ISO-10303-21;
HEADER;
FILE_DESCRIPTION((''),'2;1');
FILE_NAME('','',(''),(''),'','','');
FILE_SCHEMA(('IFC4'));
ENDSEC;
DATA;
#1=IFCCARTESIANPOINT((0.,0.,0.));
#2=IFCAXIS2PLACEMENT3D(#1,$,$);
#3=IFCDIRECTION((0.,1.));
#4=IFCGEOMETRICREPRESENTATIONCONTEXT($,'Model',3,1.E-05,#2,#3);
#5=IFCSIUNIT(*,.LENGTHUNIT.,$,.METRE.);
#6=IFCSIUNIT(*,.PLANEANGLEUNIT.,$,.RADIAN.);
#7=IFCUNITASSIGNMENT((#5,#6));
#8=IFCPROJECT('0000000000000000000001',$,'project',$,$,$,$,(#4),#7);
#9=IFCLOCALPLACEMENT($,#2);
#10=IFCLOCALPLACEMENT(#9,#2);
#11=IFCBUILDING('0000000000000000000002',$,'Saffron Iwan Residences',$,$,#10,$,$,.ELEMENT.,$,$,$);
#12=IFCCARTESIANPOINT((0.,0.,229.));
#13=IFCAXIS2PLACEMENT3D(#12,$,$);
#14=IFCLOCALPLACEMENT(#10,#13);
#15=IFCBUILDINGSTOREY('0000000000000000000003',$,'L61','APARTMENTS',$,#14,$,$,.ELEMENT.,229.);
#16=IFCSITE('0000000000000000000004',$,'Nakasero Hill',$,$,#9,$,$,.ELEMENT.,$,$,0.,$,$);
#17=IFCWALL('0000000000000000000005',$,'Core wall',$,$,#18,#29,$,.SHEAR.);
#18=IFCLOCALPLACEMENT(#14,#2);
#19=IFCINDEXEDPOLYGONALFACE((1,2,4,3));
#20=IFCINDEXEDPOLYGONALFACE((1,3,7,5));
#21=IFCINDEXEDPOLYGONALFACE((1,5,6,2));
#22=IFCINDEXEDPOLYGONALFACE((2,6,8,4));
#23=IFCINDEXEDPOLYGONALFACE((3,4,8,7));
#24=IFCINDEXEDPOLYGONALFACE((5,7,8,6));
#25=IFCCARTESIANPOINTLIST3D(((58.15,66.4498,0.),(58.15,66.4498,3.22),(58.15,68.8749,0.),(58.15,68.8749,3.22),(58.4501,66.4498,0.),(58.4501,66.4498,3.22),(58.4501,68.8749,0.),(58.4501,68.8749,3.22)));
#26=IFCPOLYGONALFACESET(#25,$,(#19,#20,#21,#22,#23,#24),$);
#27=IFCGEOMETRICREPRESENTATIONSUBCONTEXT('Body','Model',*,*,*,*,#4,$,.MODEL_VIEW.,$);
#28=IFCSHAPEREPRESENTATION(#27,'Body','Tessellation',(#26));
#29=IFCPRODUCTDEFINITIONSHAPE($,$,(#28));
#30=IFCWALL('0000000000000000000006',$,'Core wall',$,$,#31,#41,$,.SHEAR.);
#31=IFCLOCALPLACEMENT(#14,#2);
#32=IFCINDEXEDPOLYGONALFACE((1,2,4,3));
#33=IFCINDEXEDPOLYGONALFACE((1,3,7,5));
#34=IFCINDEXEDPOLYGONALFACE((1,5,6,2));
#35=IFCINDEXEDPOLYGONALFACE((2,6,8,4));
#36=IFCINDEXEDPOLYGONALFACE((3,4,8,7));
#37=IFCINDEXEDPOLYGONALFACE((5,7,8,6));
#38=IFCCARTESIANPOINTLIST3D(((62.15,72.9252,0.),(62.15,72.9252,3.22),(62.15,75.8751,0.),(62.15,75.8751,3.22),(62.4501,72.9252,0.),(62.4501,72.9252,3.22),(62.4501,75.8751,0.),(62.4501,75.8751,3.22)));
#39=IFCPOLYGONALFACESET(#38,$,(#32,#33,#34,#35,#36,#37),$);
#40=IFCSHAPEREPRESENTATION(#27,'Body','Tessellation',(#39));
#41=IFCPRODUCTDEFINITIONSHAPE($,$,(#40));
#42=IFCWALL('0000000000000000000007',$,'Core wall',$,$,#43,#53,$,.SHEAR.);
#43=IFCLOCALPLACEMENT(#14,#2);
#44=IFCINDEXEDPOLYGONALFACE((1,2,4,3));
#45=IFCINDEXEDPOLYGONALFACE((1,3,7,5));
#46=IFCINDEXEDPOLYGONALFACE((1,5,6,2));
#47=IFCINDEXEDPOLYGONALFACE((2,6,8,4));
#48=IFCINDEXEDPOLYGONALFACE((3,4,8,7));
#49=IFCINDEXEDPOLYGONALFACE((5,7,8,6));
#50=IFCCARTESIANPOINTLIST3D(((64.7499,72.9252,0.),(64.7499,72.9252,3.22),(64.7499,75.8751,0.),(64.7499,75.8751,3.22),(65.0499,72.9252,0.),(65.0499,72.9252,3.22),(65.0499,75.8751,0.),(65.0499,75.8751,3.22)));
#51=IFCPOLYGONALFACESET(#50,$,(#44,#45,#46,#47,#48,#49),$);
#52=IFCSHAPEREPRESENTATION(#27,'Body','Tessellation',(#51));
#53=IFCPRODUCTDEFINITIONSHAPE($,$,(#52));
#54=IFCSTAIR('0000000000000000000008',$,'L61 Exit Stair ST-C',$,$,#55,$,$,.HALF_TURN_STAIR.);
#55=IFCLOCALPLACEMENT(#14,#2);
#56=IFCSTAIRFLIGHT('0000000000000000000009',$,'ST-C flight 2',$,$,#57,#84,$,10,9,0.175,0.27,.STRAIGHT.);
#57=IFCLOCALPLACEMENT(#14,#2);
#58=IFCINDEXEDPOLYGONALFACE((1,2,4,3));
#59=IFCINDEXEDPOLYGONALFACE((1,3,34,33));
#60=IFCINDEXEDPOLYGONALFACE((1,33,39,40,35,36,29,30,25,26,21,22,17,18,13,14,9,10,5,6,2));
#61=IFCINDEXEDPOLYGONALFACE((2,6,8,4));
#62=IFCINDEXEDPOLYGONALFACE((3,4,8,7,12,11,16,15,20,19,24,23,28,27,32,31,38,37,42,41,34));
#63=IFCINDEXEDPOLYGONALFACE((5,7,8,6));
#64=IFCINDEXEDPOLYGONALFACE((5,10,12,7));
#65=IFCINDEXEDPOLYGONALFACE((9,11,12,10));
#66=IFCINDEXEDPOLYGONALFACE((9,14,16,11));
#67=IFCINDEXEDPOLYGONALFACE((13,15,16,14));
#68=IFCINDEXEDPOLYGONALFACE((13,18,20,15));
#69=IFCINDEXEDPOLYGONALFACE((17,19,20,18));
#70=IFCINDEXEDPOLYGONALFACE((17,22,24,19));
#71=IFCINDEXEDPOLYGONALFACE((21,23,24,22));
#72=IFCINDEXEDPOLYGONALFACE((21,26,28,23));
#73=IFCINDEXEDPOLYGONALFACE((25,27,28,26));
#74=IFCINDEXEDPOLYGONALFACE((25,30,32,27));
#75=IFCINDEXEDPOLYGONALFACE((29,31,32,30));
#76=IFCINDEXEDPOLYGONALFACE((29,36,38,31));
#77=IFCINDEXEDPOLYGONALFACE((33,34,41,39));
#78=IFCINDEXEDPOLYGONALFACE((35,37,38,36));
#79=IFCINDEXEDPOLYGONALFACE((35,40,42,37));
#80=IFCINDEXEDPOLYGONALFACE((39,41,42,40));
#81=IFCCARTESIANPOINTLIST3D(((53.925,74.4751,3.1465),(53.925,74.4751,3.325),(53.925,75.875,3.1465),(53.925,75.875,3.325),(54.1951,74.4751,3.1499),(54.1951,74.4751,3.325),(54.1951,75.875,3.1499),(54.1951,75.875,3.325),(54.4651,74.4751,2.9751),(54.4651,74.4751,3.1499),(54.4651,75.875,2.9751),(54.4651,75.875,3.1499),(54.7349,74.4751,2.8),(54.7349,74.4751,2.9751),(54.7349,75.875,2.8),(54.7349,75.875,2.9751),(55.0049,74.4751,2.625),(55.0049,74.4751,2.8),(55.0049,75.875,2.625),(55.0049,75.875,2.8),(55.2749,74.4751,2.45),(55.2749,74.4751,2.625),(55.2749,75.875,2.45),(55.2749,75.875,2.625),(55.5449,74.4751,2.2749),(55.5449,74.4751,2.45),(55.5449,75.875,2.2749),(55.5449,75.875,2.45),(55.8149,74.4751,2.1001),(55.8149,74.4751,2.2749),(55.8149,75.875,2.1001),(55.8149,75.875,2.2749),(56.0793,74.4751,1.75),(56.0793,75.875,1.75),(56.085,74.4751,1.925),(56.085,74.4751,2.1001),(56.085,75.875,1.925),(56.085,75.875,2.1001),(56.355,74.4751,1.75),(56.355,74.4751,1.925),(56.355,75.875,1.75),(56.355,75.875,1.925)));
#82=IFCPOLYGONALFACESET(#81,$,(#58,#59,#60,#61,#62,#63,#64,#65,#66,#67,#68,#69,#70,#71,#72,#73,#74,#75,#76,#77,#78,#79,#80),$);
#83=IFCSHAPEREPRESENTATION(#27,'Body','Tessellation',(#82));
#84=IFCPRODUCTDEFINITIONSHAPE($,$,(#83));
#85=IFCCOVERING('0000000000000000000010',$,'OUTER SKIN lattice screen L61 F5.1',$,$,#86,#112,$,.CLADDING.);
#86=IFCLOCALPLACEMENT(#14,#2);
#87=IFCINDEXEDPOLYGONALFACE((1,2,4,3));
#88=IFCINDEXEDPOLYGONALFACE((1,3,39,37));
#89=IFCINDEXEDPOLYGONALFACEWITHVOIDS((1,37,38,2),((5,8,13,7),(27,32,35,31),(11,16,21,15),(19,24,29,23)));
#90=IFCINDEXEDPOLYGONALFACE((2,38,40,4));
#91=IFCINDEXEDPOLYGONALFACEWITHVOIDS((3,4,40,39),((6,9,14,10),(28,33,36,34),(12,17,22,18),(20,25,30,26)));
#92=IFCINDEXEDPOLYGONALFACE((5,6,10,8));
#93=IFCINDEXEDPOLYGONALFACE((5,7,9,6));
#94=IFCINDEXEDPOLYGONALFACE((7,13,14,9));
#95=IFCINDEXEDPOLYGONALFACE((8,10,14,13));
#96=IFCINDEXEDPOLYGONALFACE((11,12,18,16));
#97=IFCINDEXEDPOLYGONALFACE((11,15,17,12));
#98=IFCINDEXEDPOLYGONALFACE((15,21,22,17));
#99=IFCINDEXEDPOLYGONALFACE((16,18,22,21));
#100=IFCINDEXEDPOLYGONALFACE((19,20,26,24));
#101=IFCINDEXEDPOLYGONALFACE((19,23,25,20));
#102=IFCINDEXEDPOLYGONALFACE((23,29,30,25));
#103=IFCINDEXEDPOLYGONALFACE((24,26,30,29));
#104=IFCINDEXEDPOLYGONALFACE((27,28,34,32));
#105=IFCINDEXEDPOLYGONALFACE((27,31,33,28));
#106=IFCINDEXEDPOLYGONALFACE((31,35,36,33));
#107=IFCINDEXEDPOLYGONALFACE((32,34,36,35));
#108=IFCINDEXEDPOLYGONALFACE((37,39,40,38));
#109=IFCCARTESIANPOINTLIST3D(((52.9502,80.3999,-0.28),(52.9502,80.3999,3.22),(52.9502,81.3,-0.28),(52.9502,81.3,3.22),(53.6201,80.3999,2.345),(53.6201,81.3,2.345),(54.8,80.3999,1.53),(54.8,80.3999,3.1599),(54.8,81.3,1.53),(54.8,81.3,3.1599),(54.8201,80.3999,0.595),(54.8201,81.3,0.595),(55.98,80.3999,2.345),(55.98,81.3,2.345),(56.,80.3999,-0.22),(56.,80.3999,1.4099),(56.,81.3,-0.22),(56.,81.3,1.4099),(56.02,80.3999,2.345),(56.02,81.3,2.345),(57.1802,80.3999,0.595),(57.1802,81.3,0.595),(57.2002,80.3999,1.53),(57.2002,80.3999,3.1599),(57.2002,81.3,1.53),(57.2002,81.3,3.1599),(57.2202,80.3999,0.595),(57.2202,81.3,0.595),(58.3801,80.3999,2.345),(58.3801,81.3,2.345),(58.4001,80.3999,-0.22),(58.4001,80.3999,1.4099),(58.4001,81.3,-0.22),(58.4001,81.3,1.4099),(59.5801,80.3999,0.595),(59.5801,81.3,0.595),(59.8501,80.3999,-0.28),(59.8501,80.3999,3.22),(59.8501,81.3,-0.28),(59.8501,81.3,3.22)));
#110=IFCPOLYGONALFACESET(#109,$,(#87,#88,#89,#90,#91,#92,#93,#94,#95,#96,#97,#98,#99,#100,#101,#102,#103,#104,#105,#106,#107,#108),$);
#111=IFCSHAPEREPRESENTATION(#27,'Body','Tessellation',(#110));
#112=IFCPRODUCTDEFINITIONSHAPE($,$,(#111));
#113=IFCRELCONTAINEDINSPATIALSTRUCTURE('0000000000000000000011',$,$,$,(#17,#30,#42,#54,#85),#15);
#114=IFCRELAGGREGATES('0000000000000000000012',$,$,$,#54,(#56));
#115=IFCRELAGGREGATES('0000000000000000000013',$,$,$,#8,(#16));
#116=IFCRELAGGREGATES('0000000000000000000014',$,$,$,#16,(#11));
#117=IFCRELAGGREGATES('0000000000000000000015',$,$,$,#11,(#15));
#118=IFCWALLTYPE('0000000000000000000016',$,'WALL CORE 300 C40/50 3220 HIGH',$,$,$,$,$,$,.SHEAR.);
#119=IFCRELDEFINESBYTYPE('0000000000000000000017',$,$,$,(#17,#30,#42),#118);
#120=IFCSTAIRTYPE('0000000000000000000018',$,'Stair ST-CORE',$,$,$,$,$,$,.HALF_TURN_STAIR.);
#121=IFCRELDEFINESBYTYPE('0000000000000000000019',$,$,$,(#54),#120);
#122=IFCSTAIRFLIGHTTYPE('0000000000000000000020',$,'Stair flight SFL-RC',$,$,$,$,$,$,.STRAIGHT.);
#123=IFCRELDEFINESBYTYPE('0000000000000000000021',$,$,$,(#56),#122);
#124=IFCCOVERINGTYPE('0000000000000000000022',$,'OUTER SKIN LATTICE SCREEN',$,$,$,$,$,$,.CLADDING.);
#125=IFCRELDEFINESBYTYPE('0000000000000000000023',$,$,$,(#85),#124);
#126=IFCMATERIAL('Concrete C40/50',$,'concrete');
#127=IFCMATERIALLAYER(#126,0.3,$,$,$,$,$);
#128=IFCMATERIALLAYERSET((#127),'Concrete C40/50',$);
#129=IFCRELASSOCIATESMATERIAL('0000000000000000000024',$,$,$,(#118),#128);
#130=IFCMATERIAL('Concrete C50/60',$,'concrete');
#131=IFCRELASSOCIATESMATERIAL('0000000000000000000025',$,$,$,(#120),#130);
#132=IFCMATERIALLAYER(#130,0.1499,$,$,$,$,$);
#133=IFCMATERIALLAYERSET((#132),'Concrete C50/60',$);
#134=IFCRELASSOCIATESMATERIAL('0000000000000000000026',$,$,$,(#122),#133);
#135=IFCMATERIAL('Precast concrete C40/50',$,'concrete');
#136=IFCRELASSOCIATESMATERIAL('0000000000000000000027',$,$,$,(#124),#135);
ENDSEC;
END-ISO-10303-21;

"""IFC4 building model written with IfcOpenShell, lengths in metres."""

from ifc_helpers import new_model, si_unit, direction, frame, frame_2d, origin, place, context, subcontext, project, spatial, polyline, rectangle, outline, extrude, material, layer, layer_set, type_object, element, aggregate, save


model = new_model("IFC4")

# Units and contexts
model_context = context("Model", 3, precision=1e-05, world=origin(), true_north=direction((0.0, 1.0)))
body_context = subcontext(model_context, "Body", "Model", "MODEL_VIEW")
ifc_project = project(units=[si_unit("LENGTHUNIT", "METRE"), si_unit("PLANEANGLEUNIT", "RADIAN")], contexts=[model_context])

# Site, building, storey
site_placement = place(None, origin())
site = spatial("IfcSite", under=ifc_project, at=site_placement, Name="Nakasero Hill", CompositionType="ELEMENT", RefElevation=0.0)
building_placement = place(site_placement, origin())
building = spatial("IfcBuilding", under=site, at=building_placement, Name="Saffron Iwan Residences", CompositionType="ELEMENT")
storey_placement = place(building_placement, frame((0.0, 0.0, 229.0)))
storey = spatial("IfcBuildingStorey", under=building, at=storey_placement, Name="L61", Description="APARTMENTS", CompositionType="ELEMENT", Elevation=229.0)

# Shared definitions
ifc_material_1 = material(Name="Concrete C40/50", Category="concrete")

# Shared definitions
ifc_layer_1 = layer(ifc_material_1, 0.3)
ifc_layer_set_1 = layer_set([ifc_layer_1], Name="Concrete C40/50")
wall_type_1 = type_object("IfcWallType", Name="WALL CORE 300 C40/50 3220 HIGH", PredefinedType="SHEAR", material=ifc_layer_set_1)

# Walls
wall_1_placement = place(storey_placement, frame((58.3, 66.45, 0.0), z_axis=(0.0, 0.0, 1.0), x_axis=(0.0, 1.0, 0.0)))
element("IfcWall", 1, at=wall_1_placement, inside=storey, type_object=wall_type_1, Name="Core wall", PredefinedType="SHEAR", context=body_context, shape_type="SweptSolid", body=[
    extrude(rectangle(XDim=2.425, YDim=0.3, at=frame_2d((1.2124, 0.0))), origin(), (0.0, 0.0, 1.0), 3.22),
])
for number, where, z_axis, x_axis, name in (
    (2, (62.3, 72.925, 0.0), (0.0, 0.0, 1.0), (0.0, 1.0, 0.0), "Core wall"),
    (3, (64.8999, 72.925, 0.0), (0.0, 0.0, 1.0), (0.0, 1.0, 0.0), "Core wall"),
):
    element("IfcWall", number, at=place(storey_placement, frame(where, z_axis=z_axis, x_axis=x_axis)), inside=storey, type_object=wall_type_1, Name=name, PredefinedType="SHEAR", context=body_context, shape_type="SweptSolid", body=[
        extrude(rectangle(XDim=2.95, YDim=0.3, at=frame_2d((1.4751, 0.0))), origin(), (0.0, 0.0, 1.0), 3.22),
    ])

# Stair, stair flight
ifc_material_2 = material(Name="Concrete C50/60", Category="concrete")
stair_type = type_object("IfcStairType", Name="Stair ST-CORE", PredefinedType="HALF_TURN_STAIR", material=ifc_material_2)
stair_placement = place(storey_placement, origin())
stair = element("IfcStair", 4, at=stair_placement, inside=storey, type_object=stair_type, Name="L61 Exit Stair ST-C", PredefinedType="HALF_TURN_STAIR")
ifc_layer_2 = layer(ifc_material_2, 0.1499)
ifc_layer_set_2 = layer_set([ifc_layer_2], Name="Concrete C50/60")
stair_flight_type = type_object("IfcStairFlightType", Name="Stair flight SFL-RC", PredefinedType="STRAIGHT", material=ifc_layer_set_2)
stair_flight_placement = place(storey_placement, frame((56.355, 75.175, 1.75), z_axis=(0.0, 0.0, 1.0), x_axis=(-1.0, 0.0, 0.0)))
stair_flight = element("IfcStairFlight", 5, at=stair_flight_placement, type_object=stair_flight_type, Name="ST-C flight 2", NumberOfRisers=10, NumberOfTreads=9, PredefinedType="STRAIGHT", RiserHeight=0.175, TreadLength=0.27, context=body_context, shape_type="SweptSolid", body=[
    extrude(outline(polyline([(0.0, 0.0), (0.0, 0.175), (0.27, 0.175), (0.27, 0.3501), (0.54, 0.3501), (0.54, 0.5249), (0.8101, 0.5249), (0.8101, 0.7), (1.0801, 0.7), (1.0801, 0.875), (1.3501, 0.875), (1.3501, 1.05), (1.6201, 1.05), (1.6201, 1.2251), (1.8899, 1.2251), (1.8899, 1.3999), (2.1599, 1.3999), (2.1599, 1.575), (2.4299, 1.575), (2.4299, 1.75), (2.4299, 1.3965), (0.2756, 0.0), (0.0, 0.0)])), frame((0.0, 0.7, 0.0), z_axis=(0.0, -1.0, 0.0), x_axis=(1.0, 0.0, 0.0)), (0.0, 0.0, 1.0), 1.3999),
])
aggregate(stair, [stair_flight])

# Covering
ifc_material_3 = material(Name="Precast concrete C40/50", Category="concrete")
covering_type_1 = type_object("IfcCoveringType", Name="OUTER SKIN LATTICE SCREEN", PredefinedType="CLADDING", material=ifc_material_3)
covering_placement = place(storey_placement, frame((59.8501, 80.3999, -0.28), z_axis=(0.0, 1.0, 0.0), x_axis=(-1.0, 0.0, 0.0)))
element("IfcCovering", 6, at=covering_placement, inside=storey, type_object=covering_type_1, Name="OUTER SKIN lattice screen L61 F5.1", PredefinedType="CLADDING", context=body_context, shape_type="SweptSolid", body=[
    extrude(outline(polyline([(0.0, 0.0), (6.8999, 0.0), (6.8999, 3.5), (0.0, 3.5), (0.0, 0.0)]), holes=[polyline([(0.27, 0.875), (1.45, 0.0601), (2.6299, 0.875), (1.45, 1.6899), (0.27, 0.875)]), polyline([(2.6699, 0.875), (3.8501, 0.0601), (5.03, 0.875), (3.8501, 1.6899), (2.6699, 0.875)]), polyline([(1.47, 2.625), (2.6499, 1.8101), (3.8301, 2.625), (2.6499, 3.4399), (1.47, 2.625)]), polyline([(3.8701, 2.625), (5.05, 1.8101), (6.23, 2.625), (5.05, 3.4399), (3.8701, 2.625)])]), origin(), (0.0, 0.0, 1.0), 0.9001),
])

save(model, "model.ifc")
